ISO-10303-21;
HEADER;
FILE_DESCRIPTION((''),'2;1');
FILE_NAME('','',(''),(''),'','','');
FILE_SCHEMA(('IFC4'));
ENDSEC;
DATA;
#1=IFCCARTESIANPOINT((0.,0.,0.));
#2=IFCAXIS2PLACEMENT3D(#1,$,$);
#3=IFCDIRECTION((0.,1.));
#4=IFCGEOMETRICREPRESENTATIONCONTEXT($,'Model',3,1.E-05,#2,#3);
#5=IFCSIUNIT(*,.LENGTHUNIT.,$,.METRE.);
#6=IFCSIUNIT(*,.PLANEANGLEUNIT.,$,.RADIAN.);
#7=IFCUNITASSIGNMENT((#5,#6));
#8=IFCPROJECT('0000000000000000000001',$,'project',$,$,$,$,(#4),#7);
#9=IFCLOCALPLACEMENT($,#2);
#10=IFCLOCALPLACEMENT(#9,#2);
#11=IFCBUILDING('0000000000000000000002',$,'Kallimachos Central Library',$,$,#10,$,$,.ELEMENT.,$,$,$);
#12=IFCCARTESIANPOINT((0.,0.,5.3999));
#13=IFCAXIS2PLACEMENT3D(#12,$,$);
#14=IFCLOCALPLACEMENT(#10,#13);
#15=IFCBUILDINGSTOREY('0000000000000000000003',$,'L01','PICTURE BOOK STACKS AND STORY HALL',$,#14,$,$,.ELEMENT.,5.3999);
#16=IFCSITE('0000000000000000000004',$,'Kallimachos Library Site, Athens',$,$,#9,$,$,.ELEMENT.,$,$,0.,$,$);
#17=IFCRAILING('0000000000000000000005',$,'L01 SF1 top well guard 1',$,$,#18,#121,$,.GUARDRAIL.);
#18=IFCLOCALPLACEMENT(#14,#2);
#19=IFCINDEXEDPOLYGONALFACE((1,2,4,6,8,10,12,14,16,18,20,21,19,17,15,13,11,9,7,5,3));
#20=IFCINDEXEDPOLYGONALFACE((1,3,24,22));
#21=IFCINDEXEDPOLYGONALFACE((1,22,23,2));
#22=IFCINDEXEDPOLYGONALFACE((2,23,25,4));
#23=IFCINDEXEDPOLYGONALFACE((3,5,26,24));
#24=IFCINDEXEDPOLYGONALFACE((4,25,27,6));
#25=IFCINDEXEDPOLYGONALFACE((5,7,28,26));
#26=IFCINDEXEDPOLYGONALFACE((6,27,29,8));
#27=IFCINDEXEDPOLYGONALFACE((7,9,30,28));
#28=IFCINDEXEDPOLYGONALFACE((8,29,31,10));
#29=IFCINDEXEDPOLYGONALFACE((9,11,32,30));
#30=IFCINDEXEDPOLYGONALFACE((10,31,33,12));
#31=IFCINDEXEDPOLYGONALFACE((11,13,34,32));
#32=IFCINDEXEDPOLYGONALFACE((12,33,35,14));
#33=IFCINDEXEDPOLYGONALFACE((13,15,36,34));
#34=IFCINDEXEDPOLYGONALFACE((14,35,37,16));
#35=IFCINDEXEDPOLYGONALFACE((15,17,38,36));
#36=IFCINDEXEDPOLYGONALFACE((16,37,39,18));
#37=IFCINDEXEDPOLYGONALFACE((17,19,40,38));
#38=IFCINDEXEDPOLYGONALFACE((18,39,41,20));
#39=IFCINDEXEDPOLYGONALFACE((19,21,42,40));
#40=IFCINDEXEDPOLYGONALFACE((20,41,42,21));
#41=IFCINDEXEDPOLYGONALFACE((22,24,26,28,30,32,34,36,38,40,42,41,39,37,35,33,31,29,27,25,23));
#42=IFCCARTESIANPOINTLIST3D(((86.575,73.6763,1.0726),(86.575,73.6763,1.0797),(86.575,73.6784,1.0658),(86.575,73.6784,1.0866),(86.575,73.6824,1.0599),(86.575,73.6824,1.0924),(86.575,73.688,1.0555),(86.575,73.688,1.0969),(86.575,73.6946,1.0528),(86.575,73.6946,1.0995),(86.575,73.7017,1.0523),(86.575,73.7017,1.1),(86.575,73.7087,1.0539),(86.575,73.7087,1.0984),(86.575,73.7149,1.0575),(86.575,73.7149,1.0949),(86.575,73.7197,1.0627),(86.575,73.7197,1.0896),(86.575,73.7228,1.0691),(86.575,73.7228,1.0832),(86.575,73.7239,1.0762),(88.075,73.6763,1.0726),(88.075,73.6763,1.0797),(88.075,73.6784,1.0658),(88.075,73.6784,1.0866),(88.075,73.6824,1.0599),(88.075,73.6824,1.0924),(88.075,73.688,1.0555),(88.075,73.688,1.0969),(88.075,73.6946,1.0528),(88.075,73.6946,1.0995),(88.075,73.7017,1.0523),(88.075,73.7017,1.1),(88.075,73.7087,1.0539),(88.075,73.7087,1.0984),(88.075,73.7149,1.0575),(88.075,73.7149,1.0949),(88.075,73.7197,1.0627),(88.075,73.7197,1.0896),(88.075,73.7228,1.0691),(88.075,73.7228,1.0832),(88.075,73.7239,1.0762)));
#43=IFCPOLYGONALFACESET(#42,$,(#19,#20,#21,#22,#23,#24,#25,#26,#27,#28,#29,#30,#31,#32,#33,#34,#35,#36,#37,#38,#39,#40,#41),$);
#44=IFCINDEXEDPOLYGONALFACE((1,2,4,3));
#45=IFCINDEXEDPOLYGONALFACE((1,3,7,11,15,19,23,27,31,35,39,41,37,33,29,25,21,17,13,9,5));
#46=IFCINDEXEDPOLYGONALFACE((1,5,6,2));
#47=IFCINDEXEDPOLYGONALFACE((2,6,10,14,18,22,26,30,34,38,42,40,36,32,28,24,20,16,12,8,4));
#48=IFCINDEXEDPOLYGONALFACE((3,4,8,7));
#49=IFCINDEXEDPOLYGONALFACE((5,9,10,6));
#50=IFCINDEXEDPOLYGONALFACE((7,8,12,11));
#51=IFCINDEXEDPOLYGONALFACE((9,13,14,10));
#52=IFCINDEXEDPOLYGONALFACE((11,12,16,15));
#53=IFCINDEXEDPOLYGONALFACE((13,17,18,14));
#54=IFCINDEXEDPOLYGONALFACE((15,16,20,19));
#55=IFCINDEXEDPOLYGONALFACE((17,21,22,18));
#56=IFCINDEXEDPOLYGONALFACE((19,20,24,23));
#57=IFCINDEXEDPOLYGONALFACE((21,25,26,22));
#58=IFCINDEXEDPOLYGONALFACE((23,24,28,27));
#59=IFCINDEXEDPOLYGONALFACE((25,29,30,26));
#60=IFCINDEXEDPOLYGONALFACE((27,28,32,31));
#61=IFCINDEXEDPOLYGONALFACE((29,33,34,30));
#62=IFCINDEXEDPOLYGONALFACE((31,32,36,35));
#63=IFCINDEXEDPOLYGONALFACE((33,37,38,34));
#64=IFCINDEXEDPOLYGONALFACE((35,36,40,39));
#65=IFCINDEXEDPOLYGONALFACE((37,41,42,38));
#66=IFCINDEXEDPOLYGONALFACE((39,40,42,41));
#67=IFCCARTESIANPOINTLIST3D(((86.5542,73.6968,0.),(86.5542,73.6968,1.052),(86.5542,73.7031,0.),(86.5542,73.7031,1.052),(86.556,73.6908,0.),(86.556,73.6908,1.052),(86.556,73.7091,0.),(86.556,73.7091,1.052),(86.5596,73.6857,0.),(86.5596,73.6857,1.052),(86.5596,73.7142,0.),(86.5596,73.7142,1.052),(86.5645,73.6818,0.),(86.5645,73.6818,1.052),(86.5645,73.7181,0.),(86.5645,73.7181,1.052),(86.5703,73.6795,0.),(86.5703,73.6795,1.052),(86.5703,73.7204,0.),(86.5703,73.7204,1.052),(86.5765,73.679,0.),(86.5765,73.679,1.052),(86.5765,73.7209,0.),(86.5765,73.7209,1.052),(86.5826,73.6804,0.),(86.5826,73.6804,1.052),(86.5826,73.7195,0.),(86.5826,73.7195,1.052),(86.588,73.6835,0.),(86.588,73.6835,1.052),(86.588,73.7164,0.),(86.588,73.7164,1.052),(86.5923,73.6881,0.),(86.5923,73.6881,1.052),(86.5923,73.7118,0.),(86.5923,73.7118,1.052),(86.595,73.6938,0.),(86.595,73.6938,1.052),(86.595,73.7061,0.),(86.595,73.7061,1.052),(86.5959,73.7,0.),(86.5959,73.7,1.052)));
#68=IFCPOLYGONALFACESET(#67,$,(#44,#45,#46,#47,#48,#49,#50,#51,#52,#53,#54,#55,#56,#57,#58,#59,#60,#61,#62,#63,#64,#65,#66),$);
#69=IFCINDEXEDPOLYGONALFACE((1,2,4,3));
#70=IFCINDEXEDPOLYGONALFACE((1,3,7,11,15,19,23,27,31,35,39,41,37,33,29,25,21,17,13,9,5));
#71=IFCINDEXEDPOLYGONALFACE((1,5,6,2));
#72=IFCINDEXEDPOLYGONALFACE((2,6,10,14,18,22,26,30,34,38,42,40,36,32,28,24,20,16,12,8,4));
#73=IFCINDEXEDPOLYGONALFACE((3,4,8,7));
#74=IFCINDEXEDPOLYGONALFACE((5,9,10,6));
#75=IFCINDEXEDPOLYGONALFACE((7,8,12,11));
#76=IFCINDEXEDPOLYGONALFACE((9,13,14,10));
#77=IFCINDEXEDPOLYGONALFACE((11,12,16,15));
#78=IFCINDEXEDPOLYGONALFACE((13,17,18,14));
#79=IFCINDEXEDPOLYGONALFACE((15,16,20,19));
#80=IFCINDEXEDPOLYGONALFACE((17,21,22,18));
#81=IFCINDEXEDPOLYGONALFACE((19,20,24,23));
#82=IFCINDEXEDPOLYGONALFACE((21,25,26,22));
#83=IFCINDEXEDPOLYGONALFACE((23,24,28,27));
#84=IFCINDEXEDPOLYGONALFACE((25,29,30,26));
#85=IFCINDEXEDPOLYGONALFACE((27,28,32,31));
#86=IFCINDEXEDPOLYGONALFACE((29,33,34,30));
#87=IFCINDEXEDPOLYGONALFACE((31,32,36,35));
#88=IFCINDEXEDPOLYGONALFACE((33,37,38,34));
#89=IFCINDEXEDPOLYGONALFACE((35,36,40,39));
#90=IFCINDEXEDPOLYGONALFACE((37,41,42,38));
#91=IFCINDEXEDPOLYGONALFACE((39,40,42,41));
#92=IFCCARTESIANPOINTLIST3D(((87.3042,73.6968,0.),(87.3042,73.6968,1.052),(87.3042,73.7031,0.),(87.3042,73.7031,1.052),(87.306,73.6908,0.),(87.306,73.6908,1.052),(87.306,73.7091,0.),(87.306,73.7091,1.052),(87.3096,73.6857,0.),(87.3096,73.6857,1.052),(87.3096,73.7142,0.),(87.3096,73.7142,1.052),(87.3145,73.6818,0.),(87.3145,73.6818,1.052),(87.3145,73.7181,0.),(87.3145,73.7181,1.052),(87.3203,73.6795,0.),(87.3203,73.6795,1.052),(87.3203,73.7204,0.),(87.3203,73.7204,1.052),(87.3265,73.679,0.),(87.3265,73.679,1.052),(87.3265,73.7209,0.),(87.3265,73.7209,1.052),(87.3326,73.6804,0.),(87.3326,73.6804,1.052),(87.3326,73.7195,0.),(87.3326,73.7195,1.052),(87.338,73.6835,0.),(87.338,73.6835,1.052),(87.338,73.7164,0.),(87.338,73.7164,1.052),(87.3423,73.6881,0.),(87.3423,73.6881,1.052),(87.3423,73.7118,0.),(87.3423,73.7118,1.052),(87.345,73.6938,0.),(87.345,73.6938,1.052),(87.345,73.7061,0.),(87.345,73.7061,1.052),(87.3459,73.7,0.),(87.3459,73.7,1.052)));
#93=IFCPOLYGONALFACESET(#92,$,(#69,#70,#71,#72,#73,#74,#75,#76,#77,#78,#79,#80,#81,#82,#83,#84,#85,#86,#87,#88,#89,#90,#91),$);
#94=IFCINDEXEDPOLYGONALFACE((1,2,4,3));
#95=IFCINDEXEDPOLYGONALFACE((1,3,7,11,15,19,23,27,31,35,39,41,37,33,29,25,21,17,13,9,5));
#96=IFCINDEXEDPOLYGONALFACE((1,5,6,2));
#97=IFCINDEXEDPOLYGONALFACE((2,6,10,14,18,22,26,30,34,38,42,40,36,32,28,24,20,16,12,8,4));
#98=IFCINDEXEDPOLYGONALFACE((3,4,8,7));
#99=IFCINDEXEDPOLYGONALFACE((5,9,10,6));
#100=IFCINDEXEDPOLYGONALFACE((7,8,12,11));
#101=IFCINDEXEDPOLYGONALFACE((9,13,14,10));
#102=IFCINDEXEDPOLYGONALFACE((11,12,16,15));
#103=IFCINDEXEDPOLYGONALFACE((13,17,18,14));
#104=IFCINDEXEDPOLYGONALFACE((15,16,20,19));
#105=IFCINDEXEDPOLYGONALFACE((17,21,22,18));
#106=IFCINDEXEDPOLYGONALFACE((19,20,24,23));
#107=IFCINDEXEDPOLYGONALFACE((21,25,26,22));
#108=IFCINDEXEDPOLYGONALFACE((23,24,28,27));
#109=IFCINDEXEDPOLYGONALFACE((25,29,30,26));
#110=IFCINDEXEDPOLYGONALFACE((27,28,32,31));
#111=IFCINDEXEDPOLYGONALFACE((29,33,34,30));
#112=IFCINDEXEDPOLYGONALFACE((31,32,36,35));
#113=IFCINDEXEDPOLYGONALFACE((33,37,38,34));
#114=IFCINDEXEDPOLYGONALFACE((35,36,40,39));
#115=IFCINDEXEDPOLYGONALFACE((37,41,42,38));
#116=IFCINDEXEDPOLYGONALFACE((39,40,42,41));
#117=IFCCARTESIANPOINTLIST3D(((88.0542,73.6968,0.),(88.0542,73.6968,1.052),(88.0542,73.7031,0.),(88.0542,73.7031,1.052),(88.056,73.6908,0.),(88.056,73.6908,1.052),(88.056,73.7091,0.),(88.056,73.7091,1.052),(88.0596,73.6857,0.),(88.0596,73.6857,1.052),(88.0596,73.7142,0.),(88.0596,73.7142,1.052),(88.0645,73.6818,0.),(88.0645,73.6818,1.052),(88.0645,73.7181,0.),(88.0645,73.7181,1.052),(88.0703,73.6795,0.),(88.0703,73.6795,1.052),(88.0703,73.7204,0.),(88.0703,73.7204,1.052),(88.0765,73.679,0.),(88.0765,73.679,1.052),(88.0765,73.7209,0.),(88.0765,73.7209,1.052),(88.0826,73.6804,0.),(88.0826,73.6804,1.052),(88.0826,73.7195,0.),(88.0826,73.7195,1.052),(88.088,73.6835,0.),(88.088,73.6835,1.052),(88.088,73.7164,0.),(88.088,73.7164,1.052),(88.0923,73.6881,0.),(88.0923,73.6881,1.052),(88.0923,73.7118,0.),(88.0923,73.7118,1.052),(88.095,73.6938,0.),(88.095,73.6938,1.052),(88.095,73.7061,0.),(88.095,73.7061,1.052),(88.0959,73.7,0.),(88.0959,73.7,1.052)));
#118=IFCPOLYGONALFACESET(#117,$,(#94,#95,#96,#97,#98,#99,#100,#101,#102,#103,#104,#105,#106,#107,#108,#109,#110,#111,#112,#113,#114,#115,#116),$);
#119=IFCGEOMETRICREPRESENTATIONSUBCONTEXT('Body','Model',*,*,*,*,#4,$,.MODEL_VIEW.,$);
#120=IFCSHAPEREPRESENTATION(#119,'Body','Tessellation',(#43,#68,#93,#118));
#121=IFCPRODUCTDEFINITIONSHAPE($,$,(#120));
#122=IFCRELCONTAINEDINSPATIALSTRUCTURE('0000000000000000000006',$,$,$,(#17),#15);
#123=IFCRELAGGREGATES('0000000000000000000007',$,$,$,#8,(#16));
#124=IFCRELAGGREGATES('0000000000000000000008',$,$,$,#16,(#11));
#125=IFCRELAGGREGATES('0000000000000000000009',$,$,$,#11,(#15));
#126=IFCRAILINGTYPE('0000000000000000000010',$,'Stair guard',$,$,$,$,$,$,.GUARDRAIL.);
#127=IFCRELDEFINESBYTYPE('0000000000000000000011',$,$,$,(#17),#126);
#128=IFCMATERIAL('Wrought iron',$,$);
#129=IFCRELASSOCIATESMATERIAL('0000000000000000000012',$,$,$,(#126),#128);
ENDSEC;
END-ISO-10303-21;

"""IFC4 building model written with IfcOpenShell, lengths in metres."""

from ifc_helpers import new_model, si_unit, direction, frame, origin, origin_2d, place, context, subcontext, project, spatial, circle, extrude, material, type_object, element, save


model = new_model("IFC4")

# Units and contexts
model_context = context("Model", 3, precision=1e-05, world=origin(), true_north=direction((0.0, 1.0)))
body_context = subcontext(model_context, "Body", "Model", "MODEL_VIEW")
ifc_project = project(units=[si_unit("LENGTHUNIT", "METRE"), si_unit("PLANEANGLEUNIT", "RADIAN")], contexts=[model_context])

# Site, building, storey
site_placement = place(None, origin())
site = spatial("IfcSite", under=ifc_project, at=site_placement, Name="Kallimachos Library Site, Athens", CompositionType="ELEMENT", RefElevation=0.0)
building_placement = place(site_placement, origin())
building = spatial("IfcBuilding", under=site, at=building_placement, Name="Kallimachos Central Library", CompositionType="ELEMENT")
storey_placement = place(building_placement, frame((0.0, 0.0, 5.3999)))
storey = spatial("IfcBuildingStorey", under=building, at=storey_placement, Name="L01", Description="PICTURE BOOK STACKS AND STORY HALL", CompositionType="ELEMENT", Elevation=5.3999)

# Railing
ifc_material_1 = material(Name="Wrought iron")
railing_type_1 = type_object("IfcRailingType", Name="Stair guard", PredefinedType="GUARDRAIL", material=ifc_material_1)
railing_1_placement = place(storey_placement, frame((86.575, 73.7, 0.0)))
element("IfcRailing", 1, at=railing_1_placement, inside=storey, type_object=railing_type_1, Name="L01 SF1 top well guard 1", PredefinedType="GUARDRAIL", context=body_context, shape_type="SweptSolid", body=[
    extrude(circle(Radius=0.0239, at=origin_2d()), frame((0.0, 0.0, 1.0762), z_axis=(1.0, 0.0, 0.0), x_axis=(0.0, 1.0, 0.0)), (0.0, 0.0, 1.0), 1.5),
    extrude(circle(Radius=0.021, at=origin_2d()), origin(), (0.0, 0.0, 1.0), 1.052),
    extrude(circle(Radius=0.021, at=origin_2d()), frame((0.75, 0.0, 0.0)), (0.0, 0.0, 1.0), 1.052),
    extrude(circle(Radius=0.021, at=origin_2d()), frame((1.5, 0.0, 0.0)), (0.0, 0.0, 1.0), 1.052),
])

save(model, "model.ifc")
